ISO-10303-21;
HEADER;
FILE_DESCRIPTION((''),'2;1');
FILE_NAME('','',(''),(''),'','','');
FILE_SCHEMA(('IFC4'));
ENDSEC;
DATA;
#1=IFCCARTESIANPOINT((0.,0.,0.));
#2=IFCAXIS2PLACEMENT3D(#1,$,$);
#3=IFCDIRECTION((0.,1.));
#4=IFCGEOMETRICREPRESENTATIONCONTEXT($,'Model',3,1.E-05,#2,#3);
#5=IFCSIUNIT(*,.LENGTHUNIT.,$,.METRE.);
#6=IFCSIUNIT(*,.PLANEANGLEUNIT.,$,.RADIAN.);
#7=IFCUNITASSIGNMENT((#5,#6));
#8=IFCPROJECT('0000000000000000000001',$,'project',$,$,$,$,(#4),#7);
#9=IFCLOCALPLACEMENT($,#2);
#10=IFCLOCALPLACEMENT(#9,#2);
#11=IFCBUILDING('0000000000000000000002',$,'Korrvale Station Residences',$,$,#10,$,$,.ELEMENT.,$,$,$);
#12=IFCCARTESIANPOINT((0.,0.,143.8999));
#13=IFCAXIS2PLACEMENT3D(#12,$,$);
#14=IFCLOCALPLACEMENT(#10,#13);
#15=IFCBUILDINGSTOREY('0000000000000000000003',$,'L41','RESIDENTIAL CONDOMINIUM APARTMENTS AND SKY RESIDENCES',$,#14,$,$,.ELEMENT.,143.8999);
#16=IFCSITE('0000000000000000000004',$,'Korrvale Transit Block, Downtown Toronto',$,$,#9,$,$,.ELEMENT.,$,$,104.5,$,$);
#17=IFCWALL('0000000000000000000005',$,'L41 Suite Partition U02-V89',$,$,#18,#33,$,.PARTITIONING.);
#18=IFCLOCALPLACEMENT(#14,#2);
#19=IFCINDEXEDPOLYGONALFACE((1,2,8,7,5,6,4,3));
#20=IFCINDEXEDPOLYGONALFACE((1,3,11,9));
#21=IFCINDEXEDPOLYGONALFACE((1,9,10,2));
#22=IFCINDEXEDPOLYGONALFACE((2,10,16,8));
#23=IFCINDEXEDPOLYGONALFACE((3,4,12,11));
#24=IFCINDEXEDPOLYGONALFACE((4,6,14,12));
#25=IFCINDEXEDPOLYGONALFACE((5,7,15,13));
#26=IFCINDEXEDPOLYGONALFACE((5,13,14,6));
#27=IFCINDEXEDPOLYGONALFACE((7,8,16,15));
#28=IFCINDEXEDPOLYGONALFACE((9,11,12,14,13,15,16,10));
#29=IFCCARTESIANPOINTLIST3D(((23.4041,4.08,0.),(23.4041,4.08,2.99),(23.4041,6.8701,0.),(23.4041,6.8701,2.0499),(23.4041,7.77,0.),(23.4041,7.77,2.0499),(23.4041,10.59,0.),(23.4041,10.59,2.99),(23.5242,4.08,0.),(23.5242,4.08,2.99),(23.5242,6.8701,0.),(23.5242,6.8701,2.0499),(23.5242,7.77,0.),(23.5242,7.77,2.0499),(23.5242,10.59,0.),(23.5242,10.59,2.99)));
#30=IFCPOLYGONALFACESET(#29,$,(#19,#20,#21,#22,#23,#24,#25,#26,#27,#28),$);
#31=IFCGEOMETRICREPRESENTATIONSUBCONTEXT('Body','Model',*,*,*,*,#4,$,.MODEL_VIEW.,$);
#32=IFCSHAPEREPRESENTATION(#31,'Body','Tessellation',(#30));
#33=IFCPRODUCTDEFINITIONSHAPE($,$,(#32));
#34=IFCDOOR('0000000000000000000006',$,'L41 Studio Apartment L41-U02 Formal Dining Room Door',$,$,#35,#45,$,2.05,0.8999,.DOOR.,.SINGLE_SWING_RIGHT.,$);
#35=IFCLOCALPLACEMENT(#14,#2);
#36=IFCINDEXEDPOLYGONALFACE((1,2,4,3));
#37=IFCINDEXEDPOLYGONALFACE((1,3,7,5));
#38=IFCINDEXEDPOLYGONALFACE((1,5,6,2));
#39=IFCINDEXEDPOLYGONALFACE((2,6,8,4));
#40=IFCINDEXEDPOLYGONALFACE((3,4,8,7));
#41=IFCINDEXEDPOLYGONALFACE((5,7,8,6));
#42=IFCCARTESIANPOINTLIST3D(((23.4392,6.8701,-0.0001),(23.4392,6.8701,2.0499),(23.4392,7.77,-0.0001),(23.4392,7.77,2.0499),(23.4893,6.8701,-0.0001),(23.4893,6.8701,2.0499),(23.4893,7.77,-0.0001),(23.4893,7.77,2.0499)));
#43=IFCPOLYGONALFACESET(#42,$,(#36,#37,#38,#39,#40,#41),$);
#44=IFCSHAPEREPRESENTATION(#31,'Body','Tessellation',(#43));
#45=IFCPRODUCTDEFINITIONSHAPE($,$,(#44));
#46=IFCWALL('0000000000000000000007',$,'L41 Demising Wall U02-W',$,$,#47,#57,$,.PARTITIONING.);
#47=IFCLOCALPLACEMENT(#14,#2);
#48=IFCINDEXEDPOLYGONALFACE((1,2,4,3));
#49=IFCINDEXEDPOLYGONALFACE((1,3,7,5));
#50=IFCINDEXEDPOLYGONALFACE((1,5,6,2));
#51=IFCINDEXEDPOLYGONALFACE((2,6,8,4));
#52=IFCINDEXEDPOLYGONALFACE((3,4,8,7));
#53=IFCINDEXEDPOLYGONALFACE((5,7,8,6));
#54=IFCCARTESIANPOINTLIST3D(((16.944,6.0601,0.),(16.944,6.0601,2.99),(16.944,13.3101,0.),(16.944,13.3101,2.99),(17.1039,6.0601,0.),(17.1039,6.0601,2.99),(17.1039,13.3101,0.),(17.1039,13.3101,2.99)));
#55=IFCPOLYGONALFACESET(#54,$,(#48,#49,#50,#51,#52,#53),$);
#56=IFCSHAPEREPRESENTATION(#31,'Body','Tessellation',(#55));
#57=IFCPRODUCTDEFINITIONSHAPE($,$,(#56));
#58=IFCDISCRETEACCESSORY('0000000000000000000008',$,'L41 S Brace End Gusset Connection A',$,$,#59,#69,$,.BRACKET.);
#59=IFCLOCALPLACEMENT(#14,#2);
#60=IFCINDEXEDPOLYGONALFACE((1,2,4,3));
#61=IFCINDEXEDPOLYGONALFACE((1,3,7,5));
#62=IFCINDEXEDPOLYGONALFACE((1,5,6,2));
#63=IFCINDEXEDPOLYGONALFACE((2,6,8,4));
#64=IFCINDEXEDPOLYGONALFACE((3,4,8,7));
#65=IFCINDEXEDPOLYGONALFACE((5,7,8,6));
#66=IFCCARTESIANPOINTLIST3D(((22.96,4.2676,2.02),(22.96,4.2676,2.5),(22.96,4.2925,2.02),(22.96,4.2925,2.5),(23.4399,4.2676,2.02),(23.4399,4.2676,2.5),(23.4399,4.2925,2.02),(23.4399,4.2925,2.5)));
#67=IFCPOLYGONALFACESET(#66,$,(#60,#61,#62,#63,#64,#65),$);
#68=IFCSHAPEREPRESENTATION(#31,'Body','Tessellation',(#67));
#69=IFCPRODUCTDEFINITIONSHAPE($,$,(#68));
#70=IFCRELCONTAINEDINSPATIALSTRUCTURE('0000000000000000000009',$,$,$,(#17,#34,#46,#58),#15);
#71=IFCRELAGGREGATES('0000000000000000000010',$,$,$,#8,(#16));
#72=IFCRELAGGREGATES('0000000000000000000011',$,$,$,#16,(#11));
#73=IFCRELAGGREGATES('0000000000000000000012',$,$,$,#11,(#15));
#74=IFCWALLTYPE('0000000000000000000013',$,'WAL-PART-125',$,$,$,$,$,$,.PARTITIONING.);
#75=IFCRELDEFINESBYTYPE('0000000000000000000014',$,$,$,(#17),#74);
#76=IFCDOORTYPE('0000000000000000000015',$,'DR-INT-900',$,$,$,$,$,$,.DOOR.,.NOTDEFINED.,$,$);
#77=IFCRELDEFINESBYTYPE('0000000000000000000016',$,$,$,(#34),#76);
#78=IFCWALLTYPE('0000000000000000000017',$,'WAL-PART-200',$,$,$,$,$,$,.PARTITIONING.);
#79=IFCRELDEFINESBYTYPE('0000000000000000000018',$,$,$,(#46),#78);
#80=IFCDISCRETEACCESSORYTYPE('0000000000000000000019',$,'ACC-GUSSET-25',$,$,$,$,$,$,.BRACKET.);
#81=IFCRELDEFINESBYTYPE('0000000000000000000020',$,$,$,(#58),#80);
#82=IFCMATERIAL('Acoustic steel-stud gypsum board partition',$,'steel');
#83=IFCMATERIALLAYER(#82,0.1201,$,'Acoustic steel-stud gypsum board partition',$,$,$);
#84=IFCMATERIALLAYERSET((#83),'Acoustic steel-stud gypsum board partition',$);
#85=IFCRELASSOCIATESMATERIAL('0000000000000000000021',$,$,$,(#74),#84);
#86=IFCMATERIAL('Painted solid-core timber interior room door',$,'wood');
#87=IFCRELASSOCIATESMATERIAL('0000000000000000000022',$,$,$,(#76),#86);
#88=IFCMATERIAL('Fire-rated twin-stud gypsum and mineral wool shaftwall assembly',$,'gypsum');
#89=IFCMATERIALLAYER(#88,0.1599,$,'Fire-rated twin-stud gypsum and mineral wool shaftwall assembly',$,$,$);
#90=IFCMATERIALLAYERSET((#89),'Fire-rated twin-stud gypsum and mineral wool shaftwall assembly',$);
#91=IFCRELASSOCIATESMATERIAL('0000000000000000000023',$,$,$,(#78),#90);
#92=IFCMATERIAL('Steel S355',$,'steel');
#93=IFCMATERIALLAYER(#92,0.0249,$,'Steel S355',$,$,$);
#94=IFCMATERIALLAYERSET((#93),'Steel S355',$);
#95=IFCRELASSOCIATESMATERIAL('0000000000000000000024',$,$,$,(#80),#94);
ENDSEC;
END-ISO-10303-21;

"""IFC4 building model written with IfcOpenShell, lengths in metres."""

from ifc_helpers import new_model, si_unit, direction, frame, frame_2d, origin, origin_2d, place, context, subcontext, project, spatial, rectangle, extrude, material, layer, layer_set, type_object, element, fill, save


model = new_model("IFC4")

# Units and contexts
model_context = context("Model", 3, precision=1e-05, world=origin(), true_north=direction((0.0, 1.0)))
body_context = subcontext(model_context, "Body", "Model", "MODEL_VIEW")
ifc_project = project(units=[si_unit("LENGTHUNIT", "METRE"), si_unit("PLANEANGLEUNIT", "RADIAN")], contexts=[model_context])

# Site, building, storey
site_placement = place(None, origin())
site = spatial("IfcSite", under=ifc_project, at=site_placement, Name="Korrvale Transit Block, Downtown Toronto", CompositionType="ELEMENT", RefElevation=104.5)
building_placement = place(site_placement, origin())
building = spatial("IfcBuilding", under=site, at=building_placement, Name="Korrvale Station Residences", CompositionType="ELEMENT")
storey_placement = place(building_placement, frame((0.0, 0.0, 143.8999)))
storey = spatial("IfcBuildingStorey", under=building, at=storey_placement, Name="L41", Description="RESIDENTIAL CONDOMINIUM APARTMENTS AND SKY RESIDENCES", CompositionType="ELEMENT", Elevation=143.8999)

# Shared definitions
ifc_material_1 = material(Name="Steel S355", Category="steel")

# Shared definitions
ifc_material_2 = material(Name="Acoustic steel-stud gypsum board partition", Category="steel")
ifc_layer_1 = layer(ifc_material_2, 0.1201, Name="Acoustic steel-stud gypsum board partition")
ifc_layer_set_1 = layer_set([ifc_layer_1], Name="Acoustic steel-stud gypsum board partition")
wall_type_1 = type_object("IfcWallType", Name="WAL-PART-125", PredefinedType="PARTITIONING", material=ifc_layer_set_1)

# Wall, opening, door
ifc_material_3 = material(Name="Painted solid-core timber interior room door", Category="wood")
door_type_1 = type_object("IfcDoorType", Name="DR-INT-900", OperationType="NOTDEFINED", PredefinedType="DOOR", material=ifc_material_3)
wall_1_placement = place(storey_placement, frame((23.4641, 4.0801, 0.0), z_axis=(0.0, 0.0, 1.0), x_axis=(0.0, 1.0, 0.0)))
wall_1 = element("IfcWall", 1, at=wall_1_placement, inside=storey, type_object=wall_type_1, Name="L41 Suite Partition U02-V89", PredefinedType="PARTITIONING", context=body_context, shape_type="SweptSolid", body=[
    extrude(rectangle(XDim=6.51, YDim=0.1201, at=frame_2d((3.2549, 0.0))), origin(), (0.0, 0.0, 1.0), 2.99),
])
opening_1_placement = place(wall_1_placement, frame((2.79, 0.0, 0.0)))
opening_1 = element("IfcOpeningElement", 2, at=opening_1_placement, cuts=wall_1, PredefinedType="OPENING", context=body_context, shape_type="SweptSolid", body=[
    extrude(rectangle(XDim=0.8999, YDim=2.05, at=frame_2d((0.45, 1.0249))), frame((0.0, 0.0701, 0.0), z_axis=(0.0, -1.0, 0.0), x_axis=(1.0, 0.0, 0.0)), (0.0, 0.0, 1.0), 0.1401),
])
door_1_placement = place(opening_1_placement, origin())
door_1 = element("IfcDoor", 3, at=door_1_placement, inside=storey, type_object=door_type_1, Name="L41 Studio Apartment L41-U02 Formal Dining Room Door", OperationType="SINGLE_SWING_RIGHT", OverallHeight=2.05, OverallWidth=0.8999, PredefinedType="DOOR", context=body_context, shape_type="SweptSolid", body=[
    extrude(rectangle(XDim=0.8999, YDim=2.05, at=frame_2d((0.45, 1.0249))), frame((0.0, 0.0249, 0.0), z_axis=(0.0, -1.0, 0.0), x_axis=(1.0, 0.0, 0.0)), (0.0, 0.0, 1.0), 0.05),
])
fill(opening_1, door_1)

# Wall
ifc_material_4 = material(Name="Fire-rated twin-stud gypsum and mineral wool shaftwall assembly", Category="gypsum")
ifc_layer_2 = layer(ifc_material_4, 0.1599, Name="Fire-rated twin-stud gypsum and mineral wool shaftwall assembly")
ifc_layer_set_2 = layer_set([ifc_layer_2], Name="Fire-rated twin-stud gypsum and mineral wool shaftwall assembly")
wall_type_2 = type_object("IfcWallType", Name="WAL-PART-200", PredefinedType="PARTITIONING", material=ifc_layer_set_2)
wall_2_placement = place(storey_placement, frame((17.0239, 6.0601, 0.0), z_axis=(0.0, 0.0, 1.0), x_axis=(0.0, 1.0, 0.0)))
element("IfcWall", 4, at=wall_2_placement, inside=storey, type_object=wall_type_2, Name="L41 Demising Wall U02-W", PredefinedType="PARTITIONING", context=body_context, shape_type="SweptSolid", body=[
    extrude(rectangle(XDim=7.25, YDim=0.1599, at=frame_2d((3.625, 0.0))), origin(), (0.0, 0.0, 1.0), 2.99),
])

# Discrete accessory
ifc_layer_3 = layer(ifc_material_1, 0.0249, Name="Steel S355")
ifc_layer_set_3 = layer_set([ifc_layer_3], Name="Steel S355")
discrete_accessory_type = type_object("IfcDiscreteAccessoryType", Name="ACC-GUSSET-25", PredefinedType="BRACKET", material=ifc_layer_set_3)
discrete_accessory_placement = place(storey_placement, frame((23.2, 4.28, 2.02), z_axis=(0.0, 0.0, 1.0), x_axis=(1.0, 0.0, 0.0)))
element("IfcDiscreteAccessory", 5, at=discrete_accessory_placement, inside=storey, type_object=discrete_accessory_type, Name="L41 S Brace End Gusset Connection A", PredefinedType="BRACKET", context=body_context, shape_type="SweptSolid", body=[
    extrude(rectangle(XDim=0.48, YDim=0.0249, at=origin_2d()), origin(), (0.0, 0.0, 1.0), 0.48),
])

save(model, "model.ifc")
